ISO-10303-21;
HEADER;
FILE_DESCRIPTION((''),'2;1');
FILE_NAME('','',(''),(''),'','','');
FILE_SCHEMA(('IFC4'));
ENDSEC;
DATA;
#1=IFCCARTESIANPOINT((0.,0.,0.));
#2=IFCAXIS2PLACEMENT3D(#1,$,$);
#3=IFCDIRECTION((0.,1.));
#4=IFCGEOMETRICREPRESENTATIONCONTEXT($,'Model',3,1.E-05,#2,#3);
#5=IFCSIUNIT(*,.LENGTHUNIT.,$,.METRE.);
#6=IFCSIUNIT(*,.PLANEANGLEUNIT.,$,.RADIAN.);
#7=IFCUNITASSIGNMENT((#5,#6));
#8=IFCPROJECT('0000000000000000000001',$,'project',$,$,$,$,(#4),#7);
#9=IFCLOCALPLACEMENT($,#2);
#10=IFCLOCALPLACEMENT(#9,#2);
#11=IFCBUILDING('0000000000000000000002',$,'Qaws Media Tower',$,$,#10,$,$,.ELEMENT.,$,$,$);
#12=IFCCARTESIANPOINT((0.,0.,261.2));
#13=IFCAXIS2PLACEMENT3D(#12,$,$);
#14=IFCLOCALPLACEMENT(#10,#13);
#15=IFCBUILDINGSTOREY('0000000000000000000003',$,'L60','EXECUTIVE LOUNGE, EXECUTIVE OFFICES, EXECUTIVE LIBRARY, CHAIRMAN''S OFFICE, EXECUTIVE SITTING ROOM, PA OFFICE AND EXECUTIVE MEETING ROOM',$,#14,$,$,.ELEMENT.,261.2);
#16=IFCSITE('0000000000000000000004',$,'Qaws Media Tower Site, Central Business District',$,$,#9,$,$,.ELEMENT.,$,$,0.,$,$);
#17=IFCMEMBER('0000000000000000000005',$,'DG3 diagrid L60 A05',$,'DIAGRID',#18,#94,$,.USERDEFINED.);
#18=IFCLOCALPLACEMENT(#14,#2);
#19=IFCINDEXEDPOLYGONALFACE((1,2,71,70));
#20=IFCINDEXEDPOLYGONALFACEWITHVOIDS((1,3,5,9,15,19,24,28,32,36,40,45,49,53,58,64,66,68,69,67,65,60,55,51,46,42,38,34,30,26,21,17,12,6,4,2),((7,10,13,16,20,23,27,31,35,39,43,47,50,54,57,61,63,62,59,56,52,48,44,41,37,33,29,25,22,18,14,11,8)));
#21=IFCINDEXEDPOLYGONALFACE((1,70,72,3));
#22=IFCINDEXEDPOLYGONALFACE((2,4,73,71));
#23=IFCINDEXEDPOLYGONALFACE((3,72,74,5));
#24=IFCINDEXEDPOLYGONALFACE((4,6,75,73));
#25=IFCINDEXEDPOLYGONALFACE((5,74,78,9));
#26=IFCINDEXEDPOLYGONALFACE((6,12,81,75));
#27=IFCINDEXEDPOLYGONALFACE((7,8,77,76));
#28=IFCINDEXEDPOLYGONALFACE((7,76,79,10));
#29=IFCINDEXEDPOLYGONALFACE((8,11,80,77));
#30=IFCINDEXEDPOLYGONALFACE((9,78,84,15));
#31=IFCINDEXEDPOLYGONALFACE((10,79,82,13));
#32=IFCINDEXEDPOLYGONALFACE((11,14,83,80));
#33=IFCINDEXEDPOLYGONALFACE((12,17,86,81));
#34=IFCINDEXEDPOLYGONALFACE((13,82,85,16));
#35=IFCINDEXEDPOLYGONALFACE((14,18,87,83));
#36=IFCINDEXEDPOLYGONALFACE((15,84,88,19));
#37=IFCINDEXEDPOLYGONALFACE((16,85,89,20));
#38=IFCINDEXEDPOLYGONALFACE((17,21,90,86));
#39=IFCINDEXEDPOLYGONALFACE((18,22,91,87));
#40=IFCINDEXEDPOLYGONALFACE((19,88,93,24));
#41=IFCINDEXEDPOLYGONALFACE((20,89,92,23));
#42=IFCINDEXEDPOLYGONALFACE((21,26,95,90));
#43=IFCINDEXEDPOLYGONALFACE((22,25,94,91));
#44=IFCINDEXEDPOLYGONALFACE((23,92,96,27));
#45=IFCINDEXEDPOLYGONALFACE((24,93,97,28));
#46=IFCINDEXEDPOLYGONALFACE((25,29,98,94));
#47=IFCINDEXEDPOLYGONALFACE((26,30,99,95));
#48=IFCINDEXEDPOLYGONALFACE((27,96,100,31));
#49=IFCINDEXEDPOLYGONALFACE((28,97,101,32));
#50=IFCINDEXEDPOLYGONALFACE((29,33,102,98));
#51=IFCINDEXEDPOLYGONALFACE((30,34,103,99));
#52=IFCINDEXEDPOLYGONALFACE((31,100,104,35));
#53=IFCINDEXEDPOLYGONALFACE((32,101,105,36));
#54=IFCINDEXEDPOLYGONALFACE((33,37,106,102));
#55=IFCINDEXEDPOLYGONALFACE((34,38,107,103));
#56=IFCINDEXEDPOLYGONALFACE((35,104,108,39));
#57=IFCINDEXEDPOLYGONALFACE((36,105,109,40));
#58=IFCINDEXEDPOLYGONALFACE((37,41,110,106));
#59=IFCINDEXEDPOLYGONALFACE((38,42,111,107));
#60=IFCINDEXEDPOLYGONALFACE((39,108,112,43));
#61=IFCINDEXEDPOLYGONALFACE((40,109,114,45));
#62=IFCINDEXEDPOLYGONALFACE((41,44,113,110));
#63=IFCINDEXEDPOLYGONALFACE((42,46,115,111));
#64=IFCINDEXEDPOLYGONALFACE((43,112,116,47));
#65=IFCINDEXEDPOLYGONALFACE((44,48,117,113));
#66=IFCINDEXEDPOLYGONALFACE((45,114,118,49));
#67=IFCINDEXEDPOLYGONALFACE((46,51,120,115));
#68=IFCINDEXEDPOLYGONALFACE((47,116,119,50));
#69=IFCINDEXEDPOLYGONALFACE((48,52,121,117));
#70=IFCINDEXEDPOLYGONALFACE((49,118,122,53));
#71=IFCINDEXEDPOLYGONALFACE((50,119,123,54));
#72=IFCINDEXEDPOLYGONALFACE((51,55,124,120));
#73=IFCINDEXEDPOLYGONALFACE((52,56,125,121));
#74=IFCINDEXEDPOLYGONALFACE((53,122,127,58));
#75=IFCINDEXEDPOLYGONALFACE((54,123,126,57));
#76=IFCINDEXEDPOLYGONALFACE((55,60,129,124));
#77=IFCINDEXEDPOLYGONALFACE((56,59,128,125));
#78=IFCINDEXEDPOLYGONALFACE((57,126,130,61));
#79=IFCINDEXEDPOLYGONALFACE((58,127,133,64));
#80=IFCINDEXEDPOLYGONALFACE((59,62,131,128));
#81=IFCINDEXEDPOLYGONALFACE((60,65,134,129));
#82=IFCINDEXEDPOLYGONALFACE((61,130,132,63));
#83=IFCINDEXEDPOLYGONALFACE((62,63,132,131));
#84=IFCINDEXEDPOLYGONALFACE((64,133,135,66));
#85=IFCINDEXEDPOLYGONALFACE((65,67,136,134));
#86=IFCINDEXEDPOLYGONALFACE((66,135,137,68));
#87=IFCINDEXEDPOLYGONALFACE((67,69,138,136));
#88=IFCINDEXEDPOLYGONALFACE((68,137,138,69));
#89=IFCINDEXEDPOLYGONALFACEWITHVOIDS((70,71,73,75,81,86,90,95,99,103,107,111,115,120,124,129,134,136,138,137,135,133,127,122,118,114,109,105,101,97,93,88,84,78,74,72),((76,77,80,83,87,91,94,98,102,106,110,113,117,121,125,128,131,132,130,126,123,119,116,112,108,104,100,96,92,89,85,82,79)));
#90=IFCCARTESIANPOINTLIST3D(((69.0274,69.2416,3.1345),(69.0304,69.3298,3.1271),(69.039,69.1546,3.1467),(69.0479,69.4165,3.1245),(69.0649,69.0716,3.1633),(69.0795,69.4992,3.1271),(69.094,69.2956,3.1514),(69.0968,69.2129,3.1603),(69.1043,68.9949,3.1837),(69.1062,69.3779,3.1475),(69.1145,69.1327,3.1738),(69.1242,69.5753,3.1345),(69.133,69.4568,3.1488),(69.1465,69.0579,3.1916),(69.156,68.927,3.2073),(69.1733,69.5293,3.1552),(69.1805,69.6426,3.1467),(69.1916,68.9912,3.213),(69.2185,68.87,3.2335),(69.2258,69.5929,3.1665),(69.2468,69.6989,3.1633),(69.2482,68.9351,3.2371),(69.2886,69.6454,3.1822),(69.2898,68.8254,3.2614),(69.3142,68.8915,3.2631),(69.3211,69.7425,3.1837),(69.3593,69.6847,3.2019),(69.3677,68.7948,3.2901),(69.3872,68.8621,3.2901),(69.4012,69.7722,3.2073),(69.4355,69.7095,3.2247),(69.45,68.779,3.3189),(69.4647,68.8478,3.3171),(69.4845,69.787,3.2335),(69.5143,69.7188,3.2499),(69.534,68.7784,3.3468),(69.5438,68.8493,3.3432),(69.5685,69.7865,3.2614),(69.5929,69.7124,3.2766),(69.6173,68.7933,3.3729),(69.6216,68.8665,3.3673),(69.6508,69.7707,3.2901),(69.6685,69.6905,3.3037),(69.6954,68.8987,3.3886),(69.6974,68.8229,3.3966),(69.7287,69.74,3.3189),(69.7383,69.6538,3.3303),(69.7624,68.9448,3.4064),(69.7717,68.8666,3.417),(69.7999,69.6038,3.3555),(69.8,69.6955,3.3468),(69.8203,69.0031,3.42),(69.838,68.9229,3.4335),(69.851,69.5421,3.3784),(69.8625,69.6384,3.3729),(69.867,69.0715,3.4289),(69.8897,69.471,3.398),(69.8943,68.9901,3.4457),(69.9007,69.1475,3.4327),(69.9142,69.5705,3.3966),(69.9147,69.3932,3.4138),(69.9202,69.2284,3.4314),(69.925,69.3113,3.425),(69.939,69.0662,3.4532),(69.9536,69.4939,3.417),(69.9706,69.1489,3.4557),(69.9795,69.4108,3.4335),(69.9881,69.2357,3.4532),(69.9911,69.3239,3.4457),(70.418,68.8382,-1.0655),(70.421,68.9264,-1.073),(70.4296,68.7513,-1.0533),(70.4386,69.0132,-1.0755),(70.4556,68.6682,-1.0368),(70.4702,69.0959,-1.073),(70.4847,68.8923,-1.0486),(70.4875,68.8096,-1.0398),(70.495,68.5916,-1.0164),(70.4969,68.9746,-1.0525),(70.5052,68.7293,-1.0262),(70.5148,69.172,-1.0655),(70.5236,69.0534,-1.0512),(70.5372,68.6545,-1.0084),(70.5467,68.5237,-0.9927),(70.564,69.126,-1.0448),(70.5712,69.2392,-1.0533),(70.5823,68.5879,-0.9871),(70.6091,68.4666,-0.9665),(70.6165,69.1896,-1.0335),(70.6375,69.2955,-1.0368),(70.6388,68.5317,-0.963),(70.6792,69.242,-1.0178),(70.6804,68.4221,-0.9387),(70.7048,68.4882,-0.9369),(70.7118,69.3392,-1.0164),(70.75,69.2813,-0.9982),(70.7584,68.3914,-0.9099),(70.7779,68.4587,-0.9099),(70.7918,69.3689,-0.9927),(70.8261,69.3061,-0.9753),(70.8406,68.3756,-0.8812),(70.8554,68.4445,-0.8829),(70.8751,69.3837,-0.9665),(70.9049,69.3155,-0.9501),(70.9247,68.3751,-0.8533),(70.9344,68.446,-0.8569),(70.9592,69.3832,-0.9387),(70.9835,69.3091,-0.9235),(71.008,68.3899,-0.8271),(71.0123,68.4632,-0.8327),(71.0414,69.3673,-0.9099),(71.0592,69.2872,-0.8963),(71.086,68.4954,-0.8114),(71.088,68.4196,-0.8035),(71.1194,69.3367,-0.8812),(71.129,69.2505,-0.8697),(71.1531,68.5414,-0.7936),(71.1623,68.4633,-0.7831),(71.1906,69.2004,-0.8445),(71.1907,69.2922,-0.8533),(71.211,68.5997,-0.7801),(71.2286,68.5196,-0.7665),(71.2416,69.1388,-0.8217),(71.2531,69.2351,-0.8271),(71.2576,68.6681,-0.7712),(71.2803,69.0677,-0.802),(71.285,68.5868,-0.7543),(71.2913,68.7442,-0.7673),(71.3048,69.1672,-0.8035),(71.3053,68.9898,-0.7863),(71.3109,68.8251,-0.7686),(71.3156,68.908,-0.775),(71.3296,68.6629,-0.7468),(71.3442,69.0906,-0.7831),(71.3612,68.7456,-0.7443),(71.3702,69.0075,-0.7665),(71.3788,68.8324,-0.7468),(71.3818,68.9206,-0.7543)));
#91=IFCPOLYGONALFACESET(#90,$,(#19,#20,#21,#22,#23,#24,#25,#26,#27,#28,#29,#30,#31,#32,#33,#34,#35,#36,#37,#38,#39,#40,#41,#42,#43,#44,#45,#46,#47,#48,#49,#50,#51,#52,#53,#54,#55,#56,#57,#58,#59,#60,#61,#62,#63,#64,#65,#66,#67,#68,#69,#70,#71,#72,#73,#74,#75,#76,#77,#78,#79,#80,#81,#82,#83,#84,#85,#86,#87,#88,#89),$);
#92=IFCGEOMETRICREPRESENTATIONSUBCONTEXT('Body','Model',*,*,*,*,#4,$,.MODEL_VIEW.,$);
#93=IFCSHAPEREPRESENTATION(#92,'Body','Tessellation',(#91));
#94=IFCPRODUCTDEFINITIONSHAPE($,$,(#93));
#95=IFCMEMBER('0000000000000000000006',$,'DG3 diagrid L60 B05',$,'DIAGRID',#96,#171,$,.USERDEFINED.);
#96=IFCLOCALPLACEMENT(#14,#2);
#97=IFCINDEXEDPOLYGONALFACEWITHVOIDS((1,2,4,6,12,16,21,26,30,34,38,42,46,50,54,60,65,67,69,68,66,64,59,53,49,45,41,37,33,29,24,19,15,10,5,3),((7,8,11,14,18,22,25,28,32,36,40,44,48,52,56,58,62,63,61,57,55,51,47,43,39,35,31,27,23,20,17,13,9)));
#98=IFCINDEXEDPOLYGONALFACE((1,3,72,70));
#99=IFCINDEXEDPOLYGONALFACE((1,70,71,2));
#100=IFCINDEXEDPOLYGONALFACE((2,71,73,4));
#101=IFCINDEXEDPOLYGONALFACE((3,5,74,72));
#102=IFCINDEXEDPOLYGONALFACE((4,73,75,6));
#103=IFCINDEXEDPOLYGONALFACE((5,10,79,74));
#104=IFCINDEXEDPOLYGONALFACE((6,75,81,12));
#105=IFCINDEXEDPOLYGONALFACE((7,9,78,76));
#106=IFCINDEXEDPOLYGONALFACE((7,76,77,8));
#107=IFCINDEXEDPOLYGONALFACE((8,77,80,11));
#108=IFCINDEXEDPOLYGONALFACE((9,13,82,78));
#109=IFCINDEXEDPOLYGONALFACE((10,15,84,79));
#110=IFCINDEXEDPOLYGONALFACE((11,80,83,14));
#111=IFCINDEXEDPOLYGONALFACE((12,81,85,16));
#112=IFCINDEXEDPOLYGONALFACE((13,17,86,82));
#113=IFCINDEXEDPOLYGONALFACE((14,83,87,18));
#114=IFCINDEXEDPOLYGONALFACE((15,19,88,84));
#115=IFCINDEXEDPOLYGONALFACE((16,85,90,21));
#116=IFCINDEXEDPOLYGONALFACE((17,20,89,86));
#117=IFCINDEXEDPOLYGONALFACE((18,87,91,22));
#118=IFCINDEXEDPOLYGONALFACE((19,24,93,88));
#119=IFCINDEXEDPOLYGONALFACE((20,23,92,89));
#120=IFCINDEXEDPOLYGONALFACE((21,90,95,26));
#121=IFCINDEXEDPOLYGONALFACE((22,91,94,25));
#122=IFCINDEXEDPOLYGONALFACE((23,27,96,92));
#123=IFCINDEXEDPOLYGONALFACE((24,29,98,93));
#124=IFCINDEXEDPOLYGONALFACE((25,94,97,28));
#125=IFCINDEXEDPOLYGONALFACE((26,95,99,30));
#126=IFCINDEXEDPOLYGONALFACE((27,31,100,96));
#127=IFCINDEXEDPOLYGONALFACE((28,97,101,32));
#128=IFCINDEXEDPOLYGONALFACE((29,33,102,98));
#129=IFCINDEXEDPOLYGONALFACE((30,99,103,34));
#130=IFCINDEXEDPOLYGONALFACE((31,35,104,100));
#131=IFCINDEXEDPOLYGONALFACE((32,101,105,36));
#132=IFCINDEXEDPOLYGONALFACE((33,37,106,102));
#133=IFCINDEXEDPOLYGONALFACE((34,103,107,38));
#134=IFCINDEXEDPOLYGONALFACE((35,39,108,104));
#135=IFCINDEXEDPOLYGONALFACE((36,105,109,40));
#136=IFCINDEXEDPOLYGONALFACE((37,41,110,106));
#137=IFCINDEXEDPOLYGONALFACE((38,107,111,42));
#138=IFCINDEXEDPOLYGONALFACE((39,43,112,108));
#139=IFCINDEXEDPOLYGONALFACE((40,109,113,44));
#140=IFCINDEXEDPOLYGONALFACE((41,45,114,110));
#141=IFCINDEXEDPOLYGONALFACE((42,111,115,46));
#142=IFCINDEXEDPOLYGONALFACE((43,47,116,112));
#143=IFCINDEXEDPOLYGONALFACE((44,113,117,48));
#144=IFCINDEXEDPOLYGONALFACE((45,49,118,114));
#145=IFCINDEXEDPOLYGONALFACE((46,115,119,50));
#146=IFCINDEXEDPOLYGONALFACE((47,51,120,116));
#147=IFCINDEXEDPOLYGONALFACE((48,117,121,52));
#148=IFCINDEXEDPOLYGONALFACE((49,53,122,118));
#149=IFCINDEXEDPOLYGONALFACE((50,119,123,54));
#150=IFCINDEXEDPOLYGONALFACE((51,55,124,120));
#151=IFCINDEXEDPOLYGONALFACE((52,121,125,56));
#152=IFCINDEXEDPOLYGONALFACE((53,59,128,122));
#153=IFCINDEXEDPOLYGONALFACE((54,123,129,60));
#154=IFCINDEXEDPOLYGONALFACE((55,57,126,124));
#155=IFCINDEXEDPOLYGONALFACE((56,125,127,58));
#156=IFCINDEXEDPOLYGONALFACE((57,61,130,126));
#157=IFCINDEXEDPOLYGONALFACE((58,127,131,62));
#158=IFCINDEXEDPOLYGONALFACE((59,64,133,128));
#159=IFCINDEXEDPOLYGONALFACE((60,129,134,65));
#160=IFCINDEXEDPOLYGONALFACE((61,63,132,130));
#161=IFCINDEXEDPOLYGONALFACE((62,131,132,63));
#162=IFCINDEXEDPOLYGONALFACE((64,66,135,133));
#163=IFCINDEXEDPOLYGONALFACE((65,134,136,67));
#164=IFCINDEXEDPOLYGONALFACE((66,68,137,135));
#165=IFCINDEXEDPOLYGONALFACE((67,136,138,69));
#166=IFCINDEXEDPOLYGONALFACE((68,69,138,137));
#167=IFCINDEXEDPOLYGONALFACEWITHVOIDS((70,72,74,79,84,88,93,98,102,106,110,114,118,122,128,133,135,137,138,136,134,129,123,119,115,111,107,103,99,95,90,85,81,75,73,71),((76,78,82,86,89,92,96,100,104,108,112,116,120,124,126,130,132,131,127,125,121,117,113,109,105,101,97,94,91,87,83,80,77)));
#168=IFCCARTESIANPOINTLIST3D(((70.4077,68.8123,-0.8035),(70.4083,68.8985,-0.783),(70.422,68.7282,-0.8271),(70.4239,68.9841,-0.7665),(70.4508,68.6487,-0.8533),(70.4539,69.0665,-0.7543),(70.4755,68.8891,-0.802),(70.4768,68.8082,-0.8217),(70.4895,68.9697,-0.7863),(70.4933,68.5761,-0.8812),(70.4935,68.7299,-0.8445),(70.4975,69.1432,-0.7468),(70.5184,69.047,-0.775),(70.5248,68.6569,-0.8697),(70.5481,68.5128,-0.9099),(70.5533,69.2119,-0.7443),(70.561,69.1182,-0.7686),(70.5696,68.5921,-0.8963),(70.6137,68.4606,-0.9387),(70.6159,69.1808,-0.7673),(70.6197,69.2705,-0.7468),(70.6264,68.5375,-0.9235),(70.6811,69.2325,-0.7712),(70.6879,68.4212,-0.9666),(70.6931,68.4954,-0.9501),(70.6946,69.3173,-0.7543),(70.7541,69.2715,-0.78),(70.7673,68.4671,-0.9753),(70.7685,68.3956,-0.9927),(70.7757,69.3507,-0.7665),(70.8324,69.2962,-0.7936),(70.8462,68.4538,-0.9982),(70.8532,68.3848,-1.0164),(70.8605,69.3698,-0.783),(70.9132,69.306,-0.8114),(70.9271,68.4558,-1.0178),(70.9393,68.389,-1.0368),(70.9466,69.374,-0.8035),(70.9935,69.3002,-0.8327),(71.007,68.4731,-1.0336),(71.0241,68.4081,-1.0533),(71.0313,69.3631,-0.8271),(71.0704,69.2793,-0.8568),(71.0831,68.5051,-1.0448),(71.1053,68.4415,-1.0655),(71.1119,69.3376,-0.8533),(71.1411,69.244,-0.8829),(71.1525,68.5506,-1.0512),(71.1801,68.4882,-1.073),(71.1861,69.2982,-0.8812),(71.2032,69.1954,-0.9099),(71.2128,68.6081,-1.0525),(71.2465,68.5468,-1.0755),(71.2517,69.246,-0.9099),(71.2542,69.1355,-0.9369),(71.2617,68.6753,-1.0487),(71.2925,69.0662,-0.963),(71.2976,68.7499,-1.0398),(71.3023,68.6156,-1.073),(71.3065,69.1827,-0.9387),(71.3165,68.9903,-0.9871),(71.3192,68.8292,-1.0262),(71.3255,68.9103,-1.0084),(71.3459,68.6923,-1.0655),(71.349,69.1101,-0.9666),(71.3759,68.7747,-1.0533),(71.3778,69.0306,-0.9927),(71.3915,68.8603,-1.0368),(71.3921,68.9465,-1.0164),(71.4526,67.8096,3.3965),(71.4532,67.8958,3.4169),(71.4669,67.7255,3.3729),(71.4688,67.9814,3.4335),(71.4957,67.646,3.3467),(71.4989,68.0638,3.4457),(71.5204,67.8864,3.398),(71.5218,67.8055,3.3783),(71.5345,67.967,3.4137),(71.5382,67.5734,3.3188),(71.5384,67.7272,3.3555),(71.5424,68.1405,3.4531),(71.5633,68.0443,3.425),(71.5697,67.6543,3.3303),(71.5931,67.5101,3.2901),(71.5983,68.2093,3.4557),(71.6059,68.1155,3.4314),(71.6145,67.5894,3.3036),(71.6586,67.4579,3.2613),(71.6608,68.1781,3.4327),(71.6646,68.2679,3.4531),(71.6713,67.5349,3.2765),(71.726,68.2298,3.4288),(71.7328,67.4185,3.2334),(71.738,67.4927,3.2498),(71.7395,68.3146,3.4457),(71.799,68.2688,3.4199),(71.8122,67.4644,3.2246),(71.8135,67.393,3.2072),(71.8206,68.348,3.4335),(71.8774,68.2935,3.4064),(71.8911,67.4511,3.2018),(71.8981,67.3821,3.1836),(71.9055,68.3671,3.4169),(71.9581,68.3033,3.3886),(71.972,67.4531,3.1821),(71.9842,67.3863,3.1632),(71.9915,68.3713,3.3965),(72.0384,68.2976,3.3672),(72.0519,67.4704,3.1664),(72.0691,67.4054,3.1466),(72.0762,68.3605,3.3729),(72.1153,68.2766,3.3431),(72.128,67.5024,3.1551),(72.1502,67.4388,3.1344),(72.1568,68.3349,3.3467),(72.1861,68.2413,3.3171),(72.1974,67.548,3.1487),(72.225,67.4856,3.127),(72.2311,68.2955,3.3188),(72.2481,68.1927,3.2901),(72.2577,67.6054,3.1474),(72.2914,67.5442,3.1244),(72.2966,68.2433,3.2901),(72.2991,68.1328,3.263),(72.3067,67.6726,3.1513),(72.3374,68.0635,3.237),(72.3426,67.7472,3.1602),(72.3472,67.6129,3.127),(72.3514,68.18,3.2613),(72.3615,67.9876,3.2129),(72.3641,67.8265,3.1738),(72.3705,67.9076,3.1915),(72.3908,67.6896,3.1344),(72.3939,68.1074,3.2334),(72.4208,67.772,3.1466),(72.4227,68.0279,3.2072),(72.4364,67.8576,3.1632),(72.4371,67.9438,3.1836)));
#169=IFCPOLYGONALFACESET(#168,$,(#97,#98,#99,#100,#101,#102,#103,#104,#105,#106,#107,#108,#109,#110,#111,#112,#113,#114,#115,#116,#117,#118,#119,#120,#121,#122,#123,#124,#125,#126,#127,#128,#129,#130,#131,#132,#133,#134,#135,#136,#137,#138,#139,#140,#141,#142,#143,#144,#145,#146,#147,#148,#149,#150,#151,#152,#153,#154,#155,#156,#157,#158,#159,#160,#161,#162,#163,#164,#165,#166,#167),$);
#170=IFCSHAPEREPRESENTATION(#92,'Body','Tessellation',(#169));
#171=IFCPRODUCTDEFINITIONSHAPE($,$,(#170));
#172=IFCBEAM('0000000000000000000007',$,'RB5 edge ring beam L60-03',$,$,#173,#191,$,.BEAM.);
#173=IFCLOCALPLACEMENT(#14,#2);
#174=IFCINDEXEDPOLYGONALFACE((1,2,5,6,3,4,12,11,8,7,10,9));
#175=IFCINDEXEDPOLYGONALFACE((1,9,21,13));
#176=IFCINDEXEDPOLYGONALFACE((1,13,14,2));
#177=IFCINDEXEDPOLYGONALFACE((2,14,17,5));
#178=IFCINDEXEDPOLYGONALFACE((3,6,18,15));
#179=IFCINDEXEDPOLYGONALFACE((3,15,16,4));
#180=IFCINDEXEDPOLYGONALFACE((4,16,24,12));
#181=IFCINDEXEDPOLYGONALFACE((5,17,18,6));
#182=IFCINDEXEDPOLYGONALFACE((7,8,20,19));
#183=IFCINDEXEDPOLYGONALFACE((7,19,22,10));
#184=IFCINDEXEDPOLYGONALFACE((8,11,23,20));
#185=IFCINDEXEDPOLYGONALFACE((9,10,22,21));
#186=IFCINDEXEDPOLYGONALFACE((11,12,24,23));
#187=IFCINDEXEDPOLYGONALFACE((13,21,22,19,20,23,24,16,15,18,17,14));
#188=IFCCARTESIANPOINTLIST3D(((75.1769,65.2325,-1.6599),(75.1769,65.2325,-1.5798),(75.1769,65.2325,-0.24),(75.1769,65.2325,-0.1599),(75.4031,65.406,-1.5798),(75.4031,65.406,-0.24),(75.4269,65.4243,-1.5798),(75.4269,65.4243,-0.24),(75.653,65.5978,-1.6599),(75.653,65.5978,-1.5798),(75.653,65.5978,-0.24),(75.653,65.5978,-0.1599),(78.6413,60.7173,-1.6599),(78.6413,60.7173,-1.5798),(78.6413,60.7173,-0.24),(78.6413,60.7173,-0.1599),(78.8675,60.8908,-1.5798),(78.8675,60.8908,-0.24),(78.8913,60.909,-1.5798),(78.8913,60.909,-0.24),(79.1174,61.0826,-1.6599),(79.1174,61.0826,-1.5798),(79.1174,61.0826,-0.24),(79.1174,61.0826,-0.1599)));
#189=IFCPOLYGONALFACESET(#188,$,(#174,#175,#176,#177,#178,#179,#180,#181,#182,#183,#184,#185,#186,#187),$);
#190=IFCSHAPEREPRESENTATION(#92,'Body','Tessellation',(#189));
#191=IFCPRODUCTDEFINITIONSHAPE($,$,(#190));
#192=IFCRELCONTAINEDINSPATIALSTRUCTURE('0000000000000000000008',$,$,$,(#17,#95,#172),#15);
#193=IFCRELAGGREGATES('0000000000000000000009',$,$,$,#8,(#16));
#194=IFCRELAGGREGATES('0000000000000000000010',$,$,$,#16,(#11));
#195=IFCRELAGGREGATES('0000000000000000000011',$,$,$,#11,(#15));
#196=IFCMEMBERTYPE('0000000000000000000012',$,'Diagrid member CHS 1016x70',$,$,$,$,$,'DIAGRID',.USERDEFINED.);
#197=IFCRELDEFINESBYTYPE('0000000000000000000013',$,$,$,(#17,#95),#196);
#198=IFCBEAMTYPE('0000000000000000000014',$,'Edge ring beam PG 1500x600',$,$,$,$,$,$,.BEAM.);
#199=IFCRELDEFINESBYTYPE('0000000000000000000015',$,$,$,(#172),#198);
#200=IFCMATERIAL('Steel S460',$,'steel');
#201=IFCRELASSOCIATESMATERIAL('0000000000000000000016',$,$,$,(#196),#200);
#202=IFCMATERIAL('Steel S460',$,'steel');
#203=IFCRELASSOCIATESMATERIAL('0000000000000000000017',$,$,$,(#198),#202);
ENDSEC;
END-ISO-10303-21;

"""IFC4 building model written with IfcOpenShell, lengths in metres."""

from ifc_helpers import new_model, si_unit, direction, frame, origin, origin_2d, place, context, subcontext, project, spatial, hollow_circle, i_section, extrude, material, material_profile, profile_set, type_object, element, save


model = new_model("IFC4")

# Units and contexts
model_context = context("Model", 3, precision=1e-05, world=origin(), true_north=direction((0.0, 1.0)))
body_context = subcontext(model_context, "Body", "Model", "MODEL_VIEW")
ifc_project = project(units=[si_unit("LENGTHUNIT", "METRE"), si_unit("PLANEANGLEUNIT", "RADIAN")], contexts=[model_context])

# Site, building, storey
site_placement = place(None, origin())
site = spatial("IfcSite", under=ifc_project, at=site_placement, Name="Qaws Media Tower Site, Central Business District", CompositionType="ELEMENT", RefElevation=0.0)
building_placement = place(site_placement, origin())
building = spatial("IfcBuilding", under=site, at=building_placement, Name="Qaws Media Tower", CompositionType="ELEMENT")
storey_placement = place(building_placement, frame((0.0, 0.0, 261.2)))
storey = spatial("IfcBuildingStorey", under=building, at=storey_placement, Name="L60", Description="EXECUTIVE LOUNGE, EXECUTIVE OFFICES, EXECUTIVE LIBRARY, CHAIRMAN'S OFFICE, EXECUTIVE SITTING ROOM, PA OFFICE AND EXECUTIVE MEETING ROOM", CompositionType="ELEMENT", Elevation=261.2)

# Members
ifc_material_1 = material(Name="Steel S460", Category="steel")
ifc_material_profile_1 = material_profile(ifc_material_1, hollow_circle(Radius=0.5081, WallThickness=0.0701, at=origin_2d()), Name="CHS 1016x70")
ifc_profile_set_1 = profile_set([ifc_material_profile_1], Name="Steel S460")
member_type_1 = type_object("IfcMemberType", Name="Diagrid member CHS 1016x70", ElementType="DIAGRID", PredefinedType="USERDEFINED", material=ifc_profile_set_1)
for number, where, z_axis, x_axis, name in (
    (1, (70.8999, 68.8794, -0.9099), (-0.313025, 0.090786, 0.945396), (-0.278549, -0.960422, 0.0), "DG3 diagrid L60 A05"),
    (2, (70.8999, 68.8794, -0.9099), (0.235204, -0.225697, 0.945378), (0.692374, 0.721539, 0.0), "DG3 diagrid L60 B05"),
):
    element("IfcMember", number, at=place(storey_placement, frame(where, z_axis=z_axis, x_axis=x_axis)), inside=storey, type_object=member_type_1, Name=name, ObjectType="DIAGRID", PredefinedType="USERDEFINED", context=body_context, shape_type="SweptSolid", body=[
        extrude(hollow_circle(Radius=0.5081, WallThickness=0.0701, at=origin_2d()), origin(), (0.0, 0.0, 1.0), 4.4426),
    ])

# Beam
ifc_material_2 = material(Name="Steel S460", Category="steel")
ifc_material_profile_2 = material_profile(ifc_material_2, i_section(OverallWidth=0.6001, OverallDepth=1.5, WebThickness=0.03, FlangeThickness=0.0801, at=origin_2d()), Name="PG 1500x600")
ifc_profile_set_2 = profile_set([ifc_material_profile_2], Name="Steel S460")
beam_type = type_object("IfcBeamType", Name="Edge ring beam PG 1500x600", PredefinedType="BEAM", material=ifc_profile_set_2)
for number, where, z_axis, x_axis, name in (
    (3, (78.8794, 60.8999, -0.9099), (-0.608736, 0.793373, 0.0), (-0.793373, -0.608736, 0.0), "RB5 edge ring beam L60-03"),
):
    element("IfcBeam", number, at=place(storey_placement, frame(where, z_axis=z_axis, x_axis=x_axis)), inside=storey, type_object=beam_type, Name=name, PredefinedType="BEAM", context=body_context, shape_type="SweptSolid", body=[
        extrude(i_section(OverallWidth=0.6001, OverallDepth=1.5, WebThickness=0.03, FlangeThickness=0.0801, at=origin_2d()), origin(), (0.0, 0.0, 1.0), 5.6912),
    ])

save(model, "model.ifc")
